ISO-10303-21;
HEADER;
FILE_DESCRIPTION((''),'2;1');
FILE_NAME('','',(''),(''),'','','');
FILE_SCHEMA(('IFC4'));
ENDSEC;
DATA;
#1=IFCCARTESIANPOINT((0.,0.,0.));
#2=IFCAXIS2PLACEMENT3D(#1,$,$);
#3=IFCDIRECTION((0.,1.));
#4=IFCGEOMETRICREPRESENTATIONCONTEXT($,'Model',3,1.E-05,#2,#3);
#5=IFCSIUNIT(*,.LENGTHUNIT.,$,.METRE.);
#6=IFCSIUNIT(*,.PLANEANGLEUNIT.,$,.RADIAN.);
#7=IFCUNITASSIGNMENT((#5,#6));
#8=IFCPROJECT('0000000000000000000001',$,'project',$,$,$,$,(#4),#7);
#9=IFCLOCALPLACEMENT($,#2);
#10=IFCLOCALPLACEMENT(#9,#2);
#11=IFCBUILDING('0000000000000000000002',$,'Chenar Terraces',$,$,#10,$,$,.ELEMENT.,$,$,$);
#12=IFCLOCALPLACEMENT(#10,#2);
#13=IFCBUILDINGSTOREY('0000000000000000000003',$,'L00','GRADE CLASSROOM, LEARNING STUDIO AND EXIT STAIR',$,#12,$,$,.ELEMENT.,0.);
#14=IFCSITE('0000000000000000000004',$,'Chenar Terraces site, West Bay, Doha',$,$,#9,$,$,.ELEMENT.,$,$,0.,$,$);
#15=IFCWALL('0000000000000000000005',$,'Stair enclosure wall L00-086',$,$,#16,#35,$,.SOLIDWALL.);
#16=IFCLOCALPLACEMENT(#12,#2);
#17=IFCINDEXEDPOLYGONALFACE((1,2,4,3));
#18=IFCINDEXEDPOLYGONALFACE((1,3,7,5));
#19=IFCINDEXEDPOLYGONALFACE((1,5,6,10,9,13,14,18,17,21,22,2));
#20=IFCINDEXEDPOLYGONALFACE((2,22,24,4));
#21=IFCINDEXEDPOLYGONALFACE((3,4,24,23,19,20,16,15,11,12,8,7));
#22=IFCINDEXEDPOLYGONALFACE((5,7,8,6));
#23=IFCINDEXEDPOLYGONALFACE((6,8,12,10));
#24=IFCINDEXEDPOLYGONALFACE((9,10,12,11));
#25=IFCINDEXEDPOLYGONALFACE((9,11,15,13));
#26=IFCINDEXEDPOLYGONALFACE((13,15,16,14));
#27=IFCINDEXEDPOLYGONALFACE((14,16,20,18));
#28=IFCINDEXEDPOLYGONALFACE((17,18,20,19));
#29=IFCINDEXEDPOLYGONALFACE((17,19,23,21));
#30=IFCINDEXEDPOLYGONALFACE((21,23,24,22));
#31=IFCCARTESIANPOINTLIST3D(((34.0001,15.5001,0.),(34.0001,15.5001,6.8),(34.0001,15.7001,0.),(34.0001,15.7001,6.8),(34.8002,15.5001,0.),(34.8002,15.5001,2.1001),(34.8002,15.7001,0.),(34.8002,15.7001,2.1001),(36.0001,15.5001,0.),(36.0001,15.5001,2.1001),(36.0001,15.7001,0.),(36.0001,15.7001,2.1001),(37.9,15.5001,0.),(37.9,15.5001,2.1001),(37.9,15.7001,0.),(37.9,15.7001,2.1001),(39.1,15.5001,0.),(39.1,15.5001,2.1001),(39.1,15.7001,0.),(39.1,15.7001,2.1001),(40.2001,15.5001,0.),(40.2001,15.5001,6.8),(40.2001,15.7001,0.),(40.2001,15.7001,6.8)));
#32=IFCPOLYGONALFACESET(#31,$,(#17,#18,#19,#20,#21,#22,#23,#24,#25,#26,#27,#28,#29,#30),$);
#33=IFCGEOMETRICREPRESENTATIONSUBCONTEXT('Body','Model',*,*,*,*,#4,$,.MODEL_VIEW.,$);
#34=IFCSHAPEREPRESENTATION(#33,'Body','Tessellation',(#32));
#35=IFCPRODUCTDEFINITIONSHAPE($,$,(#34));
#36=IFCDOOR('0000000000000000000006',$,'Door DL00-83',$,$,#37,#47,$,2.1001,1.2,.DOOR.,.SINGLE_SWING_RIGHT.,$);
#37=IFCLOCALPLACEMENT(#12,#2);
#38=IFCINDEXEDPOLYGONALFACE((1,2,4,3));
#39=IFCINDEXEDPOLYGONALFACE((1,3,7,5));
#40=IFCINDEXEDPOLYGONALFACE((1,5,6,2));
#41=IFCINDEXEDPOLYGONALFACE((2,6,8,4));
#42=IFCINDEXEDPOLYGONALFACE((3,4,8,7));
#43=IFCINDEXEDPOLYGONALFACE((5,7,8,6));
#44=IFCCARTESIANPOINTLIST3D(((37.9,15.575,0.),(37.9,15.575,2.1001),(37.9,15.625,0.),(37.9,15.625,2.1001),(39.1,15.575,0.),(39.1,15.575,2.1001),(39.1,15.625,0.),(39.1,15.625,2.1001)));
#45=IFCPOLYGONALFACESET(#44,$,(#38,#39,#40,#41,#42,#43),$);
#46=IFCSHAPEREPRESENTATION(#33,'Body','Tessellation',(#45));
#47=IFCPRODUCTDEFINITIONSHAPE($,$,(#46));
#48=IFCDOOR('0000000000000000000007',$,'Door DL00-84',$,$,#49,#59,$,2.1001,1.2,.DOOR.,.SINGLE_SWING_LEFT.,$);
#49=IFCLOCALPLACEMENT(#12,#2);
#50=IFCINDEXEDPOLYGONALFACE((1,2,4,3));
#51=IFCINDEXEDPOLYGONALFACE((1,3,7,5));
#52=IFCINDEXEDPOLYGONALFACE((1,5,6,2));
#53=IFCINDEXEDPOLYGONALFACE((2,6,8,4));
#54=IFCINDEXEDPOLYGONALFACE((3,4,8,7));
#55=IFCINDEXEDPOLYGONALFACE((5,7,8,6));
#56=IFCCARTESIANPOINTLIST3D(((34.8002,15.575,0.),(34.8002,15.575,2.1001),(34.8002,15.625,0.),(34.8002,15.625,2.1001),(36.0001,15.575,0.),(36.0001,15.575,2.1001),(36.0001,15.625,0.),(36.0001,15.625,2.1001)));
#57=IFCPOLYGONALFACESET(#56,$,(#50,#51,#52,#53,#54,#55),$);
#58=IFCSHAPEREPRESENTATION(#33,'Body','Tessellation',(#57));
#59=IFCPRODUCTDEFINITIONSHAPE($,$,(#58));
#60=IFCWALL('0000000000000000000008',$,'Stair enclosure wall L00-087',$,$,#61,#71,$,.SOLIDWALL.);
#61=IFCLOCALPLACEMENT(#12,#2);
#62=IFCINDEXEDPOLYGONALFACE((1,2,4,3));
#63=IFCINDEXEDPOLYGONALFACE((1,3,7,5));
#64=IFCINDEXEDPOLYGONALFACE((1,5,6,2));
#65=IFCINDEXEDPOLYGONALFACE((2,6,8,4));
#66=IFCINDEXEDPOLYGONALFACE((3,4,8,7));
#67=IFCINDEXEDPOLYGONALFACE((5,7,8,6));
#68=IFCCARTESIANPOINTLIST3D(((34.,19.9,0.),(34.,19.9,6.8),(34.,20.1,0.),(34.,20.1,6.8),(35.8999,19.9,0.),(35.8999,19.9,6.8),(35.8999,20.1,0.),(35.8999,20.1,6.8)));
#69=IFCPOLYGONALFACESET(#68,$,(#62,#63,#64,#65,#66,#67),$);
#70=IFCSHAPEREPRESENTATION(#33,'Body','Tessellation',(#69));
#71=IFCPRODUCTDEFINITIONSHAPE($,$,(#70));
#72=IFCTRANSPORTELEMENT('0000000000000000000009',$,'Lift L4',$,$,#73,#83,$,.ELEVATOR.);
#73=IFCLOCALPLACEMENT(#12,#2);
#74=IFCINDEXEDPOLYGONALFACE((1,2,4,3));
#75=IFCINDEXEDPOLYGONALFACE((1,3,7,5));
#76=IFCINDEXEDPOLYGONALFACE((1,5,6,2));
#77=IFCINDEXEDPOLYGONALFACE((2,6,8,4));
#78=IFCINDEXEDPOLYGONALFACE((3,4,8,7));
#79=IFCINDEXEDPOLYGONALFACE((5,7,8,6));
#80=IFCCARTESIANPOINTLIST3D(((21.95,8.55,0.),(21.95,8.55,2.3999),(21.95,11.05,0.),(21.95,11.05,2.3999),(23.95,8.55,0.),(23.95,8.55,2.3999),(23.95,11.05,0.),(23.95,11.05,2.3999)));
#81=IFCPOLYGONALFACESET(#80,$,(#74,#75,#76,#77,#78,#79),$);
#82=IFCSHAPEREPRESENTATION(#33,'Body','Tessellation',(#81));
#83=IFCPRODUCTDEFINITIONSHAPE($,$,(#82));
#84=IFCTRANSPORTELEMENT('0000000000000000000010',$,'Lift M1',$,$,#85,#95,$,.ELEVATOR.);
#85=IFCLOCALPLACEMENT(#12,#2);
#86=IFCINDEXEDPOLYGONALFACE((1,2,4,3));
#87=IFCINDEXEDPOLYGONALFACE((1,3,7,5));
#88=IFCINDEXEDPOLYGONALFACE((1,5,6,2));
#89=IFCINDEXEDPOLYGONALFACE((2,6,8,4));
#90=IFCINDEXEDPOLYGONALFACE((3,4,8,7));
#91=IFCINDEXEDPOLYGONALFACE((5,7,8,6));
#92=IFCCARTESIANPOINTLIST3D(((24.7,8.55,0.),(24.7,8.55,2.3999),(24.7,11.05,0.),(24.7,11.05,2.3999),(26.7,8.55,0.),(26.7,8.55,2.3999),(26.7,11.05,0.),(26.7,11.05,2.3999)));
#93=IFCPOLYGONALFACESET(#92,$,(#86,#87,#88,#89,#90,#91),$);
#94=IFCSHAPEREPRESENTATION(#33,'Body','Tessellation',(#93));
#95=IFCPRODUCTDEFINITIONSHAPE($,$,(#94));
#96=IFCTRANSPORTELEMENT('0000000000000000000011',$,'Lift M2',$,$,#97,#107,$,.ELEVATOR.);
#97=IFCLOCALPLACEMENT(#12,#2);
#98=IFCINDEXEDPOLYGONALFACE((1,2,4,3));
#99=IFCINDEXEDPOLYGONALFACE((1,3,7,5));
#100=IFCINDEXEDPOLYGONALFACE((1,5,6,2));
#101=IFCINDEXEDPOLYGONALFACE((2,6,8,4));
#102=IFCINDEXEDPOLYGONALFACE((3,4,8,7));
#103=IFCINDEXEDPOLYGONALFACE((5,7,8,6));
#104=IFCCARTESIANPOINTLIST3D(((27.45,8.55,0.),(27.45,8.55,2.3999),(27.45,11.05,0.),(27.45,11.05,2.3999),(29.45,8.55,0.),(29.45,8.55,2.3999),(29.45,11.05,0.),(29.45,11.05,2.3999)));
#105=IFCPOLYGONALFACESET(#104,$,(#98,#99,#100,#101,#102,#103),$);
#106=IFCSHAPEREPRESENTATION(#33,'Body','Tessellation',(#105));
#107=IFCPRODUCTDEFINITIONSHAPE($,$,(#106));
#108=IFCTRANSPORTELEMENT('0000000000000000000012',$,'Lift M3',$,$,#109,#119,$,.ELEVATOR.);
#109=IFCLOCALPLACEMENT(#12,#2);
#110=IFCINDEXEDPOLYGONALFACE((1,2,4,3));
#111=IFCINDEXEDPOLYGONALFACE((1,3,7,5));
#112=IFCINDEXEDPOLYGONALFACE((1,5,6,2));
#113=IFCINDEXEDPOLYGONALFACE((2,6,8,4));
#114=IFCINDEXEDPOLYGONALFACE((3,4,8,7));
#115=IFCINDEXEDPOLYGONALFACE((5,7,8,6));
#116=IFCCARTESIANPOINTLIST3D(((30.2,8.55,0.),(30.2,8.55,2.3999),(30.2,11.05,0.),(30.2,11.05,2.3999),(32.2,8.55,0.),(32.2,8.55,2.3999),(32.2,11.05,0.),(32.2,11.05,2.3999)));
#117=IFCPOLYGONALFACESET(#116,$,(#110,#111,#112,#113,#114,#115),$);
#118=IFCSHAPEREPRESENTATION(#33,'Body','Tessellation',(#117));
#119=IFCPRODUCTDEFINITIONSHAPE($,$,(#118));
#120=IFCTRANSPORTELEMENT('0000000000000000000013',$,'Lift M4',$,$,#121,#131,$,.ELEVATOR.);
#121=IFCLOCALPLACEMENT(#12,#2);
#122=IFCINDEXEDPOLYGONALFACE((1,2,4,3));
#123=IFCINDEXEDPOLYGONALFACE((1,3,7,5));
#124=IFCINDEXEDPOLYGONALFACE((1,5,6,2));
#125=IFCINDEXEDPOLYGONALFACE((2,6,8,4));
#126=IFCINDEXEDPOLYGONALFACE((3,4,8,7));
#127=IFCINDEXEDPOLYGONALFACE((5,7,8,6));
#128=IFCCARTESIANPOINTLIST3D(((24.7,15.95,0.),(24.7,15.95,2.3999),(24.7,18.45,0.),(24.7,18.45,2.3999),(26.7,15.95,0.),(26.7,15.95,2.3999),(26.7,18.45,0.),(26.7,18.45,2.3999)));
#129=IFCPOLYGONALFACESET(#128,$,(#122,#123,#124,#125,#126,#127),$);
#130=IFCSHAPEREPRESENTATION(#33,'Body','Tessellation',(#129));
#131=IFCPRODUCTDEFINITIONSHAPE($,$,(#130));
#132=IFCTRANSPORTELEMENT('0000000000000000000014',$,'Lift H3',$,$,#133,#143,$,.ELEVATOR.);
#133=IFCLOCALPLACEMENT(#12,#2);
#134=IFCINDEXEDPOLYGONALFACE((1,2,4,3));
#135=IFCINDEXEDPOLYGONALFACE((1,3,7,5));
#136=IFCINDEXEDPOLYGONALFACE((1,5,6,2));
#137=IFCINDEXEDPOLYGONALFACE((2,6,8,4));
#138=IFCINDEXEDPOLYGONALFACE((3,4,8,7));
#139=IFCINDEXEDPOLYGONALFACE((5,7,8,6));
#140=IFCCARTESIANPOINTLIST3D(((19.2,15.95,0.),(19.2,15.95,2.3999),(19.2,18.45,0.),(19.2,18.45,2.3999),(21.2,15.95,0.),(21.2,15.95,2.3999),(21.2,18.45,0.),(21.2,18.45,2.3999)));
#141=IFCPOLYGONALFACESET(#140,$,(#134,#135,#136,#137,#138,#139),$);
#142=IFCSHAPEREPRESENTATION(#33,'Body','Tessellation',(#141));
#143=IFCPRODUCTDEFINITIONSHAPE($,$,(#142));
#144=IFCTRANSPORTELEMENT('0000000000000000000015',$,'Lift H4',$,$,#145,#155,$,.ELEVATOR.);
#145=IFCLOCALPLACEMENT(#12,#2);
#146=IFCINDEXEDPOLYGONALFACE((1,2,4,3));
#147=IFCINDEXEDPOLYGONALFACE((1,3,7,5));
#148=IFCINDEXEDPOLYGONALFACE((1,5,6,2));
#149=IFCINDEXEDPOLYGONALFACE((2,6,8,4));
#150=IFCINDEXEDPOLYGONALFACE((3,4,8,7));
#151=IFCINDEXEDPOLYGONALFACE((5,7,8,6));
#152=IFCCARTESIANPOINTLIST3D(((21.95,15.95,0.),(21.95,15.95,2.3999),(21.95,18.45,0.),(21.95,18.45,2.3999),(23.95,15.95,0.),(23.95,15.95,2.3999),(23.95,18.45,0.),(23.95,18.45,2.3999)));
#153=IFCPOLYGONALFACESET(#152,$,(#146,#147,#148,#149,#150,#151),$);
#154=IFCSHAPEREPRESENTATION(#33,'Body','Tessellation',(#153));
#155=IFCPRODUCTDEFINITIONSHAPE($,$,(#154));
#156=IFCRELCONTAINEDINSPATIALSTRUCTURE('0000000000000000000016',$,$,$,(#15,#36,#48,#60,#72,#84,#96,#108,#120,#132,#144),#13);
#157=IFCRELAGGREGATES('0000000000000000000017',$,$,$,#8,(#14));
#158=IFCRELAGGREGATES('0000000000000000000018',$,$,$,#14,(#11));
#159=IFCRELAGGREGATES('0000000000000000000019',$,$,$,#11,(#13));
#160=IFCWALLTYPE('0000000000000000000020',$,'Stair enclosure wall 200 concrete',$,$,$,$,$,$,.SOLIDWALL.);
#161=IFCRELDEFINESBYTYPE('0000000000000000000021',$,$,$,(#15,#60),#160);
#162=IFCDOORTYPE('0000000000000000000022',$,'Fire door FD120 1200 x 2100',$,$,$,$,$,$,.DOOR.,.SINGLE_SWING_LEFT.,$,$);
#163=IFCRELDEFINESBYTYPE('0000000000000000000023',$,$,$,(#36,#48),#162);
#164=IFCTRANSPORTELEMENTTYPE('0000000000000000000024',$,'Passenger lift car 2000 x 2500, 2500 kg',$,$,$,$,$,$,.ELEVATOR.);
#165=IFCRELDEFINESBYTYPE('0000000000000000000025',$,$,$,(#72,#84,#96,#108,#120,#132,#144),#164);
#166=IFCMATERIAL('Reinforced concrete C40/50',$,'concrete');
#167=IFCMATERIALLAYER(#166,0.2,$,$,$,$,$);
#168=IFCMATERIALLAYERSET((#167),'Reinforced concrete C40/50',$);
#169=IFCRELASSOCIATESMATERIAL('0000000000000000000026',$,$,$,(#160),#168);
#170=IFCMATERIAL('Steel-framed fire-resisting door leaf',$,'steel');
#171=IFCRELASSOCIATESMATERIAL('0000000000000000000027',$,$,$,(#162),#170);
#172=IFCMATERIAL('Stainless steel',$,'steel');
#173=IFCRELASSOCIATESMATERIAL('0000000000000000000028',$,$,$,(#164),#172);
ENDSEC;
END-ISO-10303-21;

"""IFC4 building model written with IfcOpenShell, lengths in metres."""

from ifc_helpers import new_model, si_unit, direction, frame, frame_2d, origin, origin_2d, place, context, subcontext, project, spatial, rectangle, extrude, material, layer, layer_set, type_object, element, fill, save


model = new_model("IFC4")

# Units and contexts
model_context = context("Model", 3, precision=1e-05, world=origin(), true_north=direction((0.0, 1.0)))
body_context = subcontext(model_context, "Body", "Model", "MODEL_VIEW")
ifc_project = project(units=[si_unit("LENGTHUNIT", "METRE"), si_unit("PLANEANGLEUNIT", "RADIAN")], contexts=[model_context])

# Site, building, storey
site_placement = place(None, origin())
site = spatial("IfcSite", under=ifc_project, at=site_placement, Name="Chenar Terraces site, West Bay, Doha", CompositionType="ELEMENT", RefElevation=0.0)
building_placement = place(site_placement, origin())
building = spatial("IfcBuilding", under=site, at=building_placement, Name="Chenar Terraces", CompositionType="ELEMENT")
storey_placement = place(building_placement, origin())
storey = spatial("IfcBuildingStorey", under=building, at=storey_placement, Name="L00", Description="GRADE CLASSROOM, LEARNING STUDIO AND EXIT STAIR", CompositionType="ELEMENT", Elevation=0.0)

# Wall, openings, doors
ifc_material_1 = material(Name="Reinforced concrete C40/50", Category="concrete")
ifc_layer_1 = layer(ifc_material_1, 0.2)
ifc_layer_set_1 = layer_set([ifc_layer_1], Name="Reinforced concrete C40/50")
wall_type_1 = type_object("IfcWallType", Name="Stair enclosure wall 200 concrete", PredefinedType="SOLIDWALL", material=ifc_layer_set_1)
wall_1_placement = place(storey_placement, frame((34.0, 15.6001, 0.0), z_axis=(0.0, 0.0, 1.0), x_axis=(1.0, 0.0, 0.0)))
wall_1 = element("IfcWall", 1, at=wall_1_placement, inside=storey, type_object=wall_type_1, Name="Stair enclosure wall L00-086", PredefinedType="SOLIDWALL", context=body_context, shape_type="SweptSolid", body=[
    extrude(rectangle(XDim=6.2, YDim=0.2, at=frame_2d((3.1001, 0.0))), origin(), (0.0, 0.0, 1.0), 6.8),
])
opening_1_placement = place(wall_1_placement, frame((3.8999, 0.0, 0.0)))
opening_1 = element("IfcOpeningElement", 2, at=opening_1_placement, cuts=wall_1, PredefinedType="OPENING", context=body_context, shape_type="SweptSolid", body=[
    extrude(rectangle(XDim=1.2, YDim=2.1001, at=frame_2d((0.6001, 1.05))), frame((0.0, 0.1099, 0.0), z_axis=(0.0, -1.0, 0.0), x_axis=(1.0, 0.0, 0.0)), (0.0, 0.0, 1.0), 0.22),
])
opening_2_placement = place(wall_1_placement, frame((0.8, 0.0, 0.0)))
opening_2 = element("IfcOpeningElement", 3, at=opening_2_placement, cuts=wall_1, PredefinedType="OPENING", context=body_context, shape_type="SweptSolid", body=[
    extrude(rectangle(XDim=1.2, YDim=2.1001, at=frame_2d((0.6001, 1.05))), frame((0.0, 0.1099, 0.0), z_axis=(0.0, -1.0, 0.0), x_axis=(1.0, 0.0, 0.0)), (0.0, 0.0, 1.0), 0.22),
])
ifc_material_2 = material(Name="Steel-framed fire-resisting door leaf", Category="steel")
door_type_1 = type_object("IfcDoorType", Name="Fire door FD120 1200 x 2100", OperationType="SINGLE_SWING_LEFT", PredefinedType="DOOR", material=ifc_material_2)
door_1_placement = place(opening_1_placement, origin())
door_1 = element("IfcDoor", 4, at=door_1_placement, inside=storey, type_object=door_type_1, Name="Door DL00-83", OperationType="SINGLE_SWING_RIGHT", OverallHeight=2.1001, OverallWidth=1.2, PredefinedType="DOOR", context=body_context, shape_type="SweptSolid", body=[
    extrude(rectangle(XDim=1.2, YDim=2.1001, at=frame_2d((0.6001, 1.05))), frame((0.0, 0.0249, 0.0), z_axis=(0.0, -1.0, 0.0), x_axis=(1.0, 0.0, 0.0)), (0.0, 0.0, 1.0), 0.05),
])
fill(opening_1, door_1)
door_2_placement = place(opening_2_placement, origin())
door_2 = element("IfcDoor", 5, at=door_2_placement, inside=storey, type_object=door_type_1, Name="Door DL00-84", OperationType="SINGLE_SWING_LEFT", OverallHeight=2.1001, OverallWidth=1.2, PredefinedType="DOOR", context=body_context, shape_type="SweptSolid", body=[
    extrude(rectangle(XDim=1.2, YDim=2.1001, at=frame_2d((0.6001, 1.05))), frame((0.0, 0.0249, 0.0), z_axis=(0.0, -1.0, 0.0), x_axis=(1.0, 0.0, 0.0)), (0.0, 0.0, 1.0), 0.05),
])
fill(opening_2, door_2)

# Wall
wall_2_placement = place(storey_placement, frame((34.0, 20.0, 0.0), z_axis=(0.0, 0.0, 1.0), x_axis=(1.0, 0.0, 0.0)))
element("IfcWall", 6, at=wall_2_placement, inside=storey, type_object=wall_type_1, Name="Stair enclosure wall L00-087", PredefinedType="SOLIDWALL", context=body_context, shape_type="SweptSolid", body=[
    extrude(rectangle(XDim=1.8999, YDim=0.2, at=frame_2d((0.95, 0.0))), origin(), (0.0, 0.0, 1.0), 6.8),
])

# Transport elements
ifc_material_3 = material(Name="Stainless steel", Category="steel")
transport_element_type = type_object("IfcTransportElementType", Name="Passenger lift car 2000 x 2500, 2500 kg", PredefinedType="ELEVATOR", material=ifc_material_3)
for number, where, z_axis, x_axis, name in (
    (7, (22.95, 9.8, 0.0), (0.0, 0.0, 1.0), (1.0, 0.0, 0.0), "Lift L4"),
    (8, (25.7, 9.8, 0.0), (0.0, 0.0, 1.0), (1.0, 0.0, 0.0), "Lift M1"),
    (9, (28.45, 9.8, 0.0), (0.0, 0.0, 1.0), (1.0, 0.0, 0.0), "Lift M2"),
    (10, (31.2, 9.8, 0.0), (0.0, 0.0, 1.0), (1.0, 0.0, 0.0), "Lift M3"),
    (11, (25.7, 17.2, 0.0), (0.0, 0.0, 1.0), (1.0, 0.0, 0.0), "Lift M4"),
    (12, (20.2, 17.2, 0.0), (0.0, 0.0, 1.0), (1.0, 0.0, 0.0), "Lift H3"),
    (13, (22.95, 17.2, 0.0), (0.0, 0.0, 1.0), (1.0, 0.0, 0.0), "Lift H4"),
):
    element("IfcTransportElement", number, at=place(storey_placement, frame(where, z_axis=z_axis, x_axis=x_axis)), inside=storey, type_object=transport_element_type, Name=name, PredefinedType="ELEVATOR", context=body_context, shape_type="SweptSolid", body=[
        extrude(rectangle(XDim=2.0, YDim=2.5, at=origin_2d()), origin(), (0.0, 0.0, 1.0), 2.3999),
    ])

save(model, "model.ifc")
